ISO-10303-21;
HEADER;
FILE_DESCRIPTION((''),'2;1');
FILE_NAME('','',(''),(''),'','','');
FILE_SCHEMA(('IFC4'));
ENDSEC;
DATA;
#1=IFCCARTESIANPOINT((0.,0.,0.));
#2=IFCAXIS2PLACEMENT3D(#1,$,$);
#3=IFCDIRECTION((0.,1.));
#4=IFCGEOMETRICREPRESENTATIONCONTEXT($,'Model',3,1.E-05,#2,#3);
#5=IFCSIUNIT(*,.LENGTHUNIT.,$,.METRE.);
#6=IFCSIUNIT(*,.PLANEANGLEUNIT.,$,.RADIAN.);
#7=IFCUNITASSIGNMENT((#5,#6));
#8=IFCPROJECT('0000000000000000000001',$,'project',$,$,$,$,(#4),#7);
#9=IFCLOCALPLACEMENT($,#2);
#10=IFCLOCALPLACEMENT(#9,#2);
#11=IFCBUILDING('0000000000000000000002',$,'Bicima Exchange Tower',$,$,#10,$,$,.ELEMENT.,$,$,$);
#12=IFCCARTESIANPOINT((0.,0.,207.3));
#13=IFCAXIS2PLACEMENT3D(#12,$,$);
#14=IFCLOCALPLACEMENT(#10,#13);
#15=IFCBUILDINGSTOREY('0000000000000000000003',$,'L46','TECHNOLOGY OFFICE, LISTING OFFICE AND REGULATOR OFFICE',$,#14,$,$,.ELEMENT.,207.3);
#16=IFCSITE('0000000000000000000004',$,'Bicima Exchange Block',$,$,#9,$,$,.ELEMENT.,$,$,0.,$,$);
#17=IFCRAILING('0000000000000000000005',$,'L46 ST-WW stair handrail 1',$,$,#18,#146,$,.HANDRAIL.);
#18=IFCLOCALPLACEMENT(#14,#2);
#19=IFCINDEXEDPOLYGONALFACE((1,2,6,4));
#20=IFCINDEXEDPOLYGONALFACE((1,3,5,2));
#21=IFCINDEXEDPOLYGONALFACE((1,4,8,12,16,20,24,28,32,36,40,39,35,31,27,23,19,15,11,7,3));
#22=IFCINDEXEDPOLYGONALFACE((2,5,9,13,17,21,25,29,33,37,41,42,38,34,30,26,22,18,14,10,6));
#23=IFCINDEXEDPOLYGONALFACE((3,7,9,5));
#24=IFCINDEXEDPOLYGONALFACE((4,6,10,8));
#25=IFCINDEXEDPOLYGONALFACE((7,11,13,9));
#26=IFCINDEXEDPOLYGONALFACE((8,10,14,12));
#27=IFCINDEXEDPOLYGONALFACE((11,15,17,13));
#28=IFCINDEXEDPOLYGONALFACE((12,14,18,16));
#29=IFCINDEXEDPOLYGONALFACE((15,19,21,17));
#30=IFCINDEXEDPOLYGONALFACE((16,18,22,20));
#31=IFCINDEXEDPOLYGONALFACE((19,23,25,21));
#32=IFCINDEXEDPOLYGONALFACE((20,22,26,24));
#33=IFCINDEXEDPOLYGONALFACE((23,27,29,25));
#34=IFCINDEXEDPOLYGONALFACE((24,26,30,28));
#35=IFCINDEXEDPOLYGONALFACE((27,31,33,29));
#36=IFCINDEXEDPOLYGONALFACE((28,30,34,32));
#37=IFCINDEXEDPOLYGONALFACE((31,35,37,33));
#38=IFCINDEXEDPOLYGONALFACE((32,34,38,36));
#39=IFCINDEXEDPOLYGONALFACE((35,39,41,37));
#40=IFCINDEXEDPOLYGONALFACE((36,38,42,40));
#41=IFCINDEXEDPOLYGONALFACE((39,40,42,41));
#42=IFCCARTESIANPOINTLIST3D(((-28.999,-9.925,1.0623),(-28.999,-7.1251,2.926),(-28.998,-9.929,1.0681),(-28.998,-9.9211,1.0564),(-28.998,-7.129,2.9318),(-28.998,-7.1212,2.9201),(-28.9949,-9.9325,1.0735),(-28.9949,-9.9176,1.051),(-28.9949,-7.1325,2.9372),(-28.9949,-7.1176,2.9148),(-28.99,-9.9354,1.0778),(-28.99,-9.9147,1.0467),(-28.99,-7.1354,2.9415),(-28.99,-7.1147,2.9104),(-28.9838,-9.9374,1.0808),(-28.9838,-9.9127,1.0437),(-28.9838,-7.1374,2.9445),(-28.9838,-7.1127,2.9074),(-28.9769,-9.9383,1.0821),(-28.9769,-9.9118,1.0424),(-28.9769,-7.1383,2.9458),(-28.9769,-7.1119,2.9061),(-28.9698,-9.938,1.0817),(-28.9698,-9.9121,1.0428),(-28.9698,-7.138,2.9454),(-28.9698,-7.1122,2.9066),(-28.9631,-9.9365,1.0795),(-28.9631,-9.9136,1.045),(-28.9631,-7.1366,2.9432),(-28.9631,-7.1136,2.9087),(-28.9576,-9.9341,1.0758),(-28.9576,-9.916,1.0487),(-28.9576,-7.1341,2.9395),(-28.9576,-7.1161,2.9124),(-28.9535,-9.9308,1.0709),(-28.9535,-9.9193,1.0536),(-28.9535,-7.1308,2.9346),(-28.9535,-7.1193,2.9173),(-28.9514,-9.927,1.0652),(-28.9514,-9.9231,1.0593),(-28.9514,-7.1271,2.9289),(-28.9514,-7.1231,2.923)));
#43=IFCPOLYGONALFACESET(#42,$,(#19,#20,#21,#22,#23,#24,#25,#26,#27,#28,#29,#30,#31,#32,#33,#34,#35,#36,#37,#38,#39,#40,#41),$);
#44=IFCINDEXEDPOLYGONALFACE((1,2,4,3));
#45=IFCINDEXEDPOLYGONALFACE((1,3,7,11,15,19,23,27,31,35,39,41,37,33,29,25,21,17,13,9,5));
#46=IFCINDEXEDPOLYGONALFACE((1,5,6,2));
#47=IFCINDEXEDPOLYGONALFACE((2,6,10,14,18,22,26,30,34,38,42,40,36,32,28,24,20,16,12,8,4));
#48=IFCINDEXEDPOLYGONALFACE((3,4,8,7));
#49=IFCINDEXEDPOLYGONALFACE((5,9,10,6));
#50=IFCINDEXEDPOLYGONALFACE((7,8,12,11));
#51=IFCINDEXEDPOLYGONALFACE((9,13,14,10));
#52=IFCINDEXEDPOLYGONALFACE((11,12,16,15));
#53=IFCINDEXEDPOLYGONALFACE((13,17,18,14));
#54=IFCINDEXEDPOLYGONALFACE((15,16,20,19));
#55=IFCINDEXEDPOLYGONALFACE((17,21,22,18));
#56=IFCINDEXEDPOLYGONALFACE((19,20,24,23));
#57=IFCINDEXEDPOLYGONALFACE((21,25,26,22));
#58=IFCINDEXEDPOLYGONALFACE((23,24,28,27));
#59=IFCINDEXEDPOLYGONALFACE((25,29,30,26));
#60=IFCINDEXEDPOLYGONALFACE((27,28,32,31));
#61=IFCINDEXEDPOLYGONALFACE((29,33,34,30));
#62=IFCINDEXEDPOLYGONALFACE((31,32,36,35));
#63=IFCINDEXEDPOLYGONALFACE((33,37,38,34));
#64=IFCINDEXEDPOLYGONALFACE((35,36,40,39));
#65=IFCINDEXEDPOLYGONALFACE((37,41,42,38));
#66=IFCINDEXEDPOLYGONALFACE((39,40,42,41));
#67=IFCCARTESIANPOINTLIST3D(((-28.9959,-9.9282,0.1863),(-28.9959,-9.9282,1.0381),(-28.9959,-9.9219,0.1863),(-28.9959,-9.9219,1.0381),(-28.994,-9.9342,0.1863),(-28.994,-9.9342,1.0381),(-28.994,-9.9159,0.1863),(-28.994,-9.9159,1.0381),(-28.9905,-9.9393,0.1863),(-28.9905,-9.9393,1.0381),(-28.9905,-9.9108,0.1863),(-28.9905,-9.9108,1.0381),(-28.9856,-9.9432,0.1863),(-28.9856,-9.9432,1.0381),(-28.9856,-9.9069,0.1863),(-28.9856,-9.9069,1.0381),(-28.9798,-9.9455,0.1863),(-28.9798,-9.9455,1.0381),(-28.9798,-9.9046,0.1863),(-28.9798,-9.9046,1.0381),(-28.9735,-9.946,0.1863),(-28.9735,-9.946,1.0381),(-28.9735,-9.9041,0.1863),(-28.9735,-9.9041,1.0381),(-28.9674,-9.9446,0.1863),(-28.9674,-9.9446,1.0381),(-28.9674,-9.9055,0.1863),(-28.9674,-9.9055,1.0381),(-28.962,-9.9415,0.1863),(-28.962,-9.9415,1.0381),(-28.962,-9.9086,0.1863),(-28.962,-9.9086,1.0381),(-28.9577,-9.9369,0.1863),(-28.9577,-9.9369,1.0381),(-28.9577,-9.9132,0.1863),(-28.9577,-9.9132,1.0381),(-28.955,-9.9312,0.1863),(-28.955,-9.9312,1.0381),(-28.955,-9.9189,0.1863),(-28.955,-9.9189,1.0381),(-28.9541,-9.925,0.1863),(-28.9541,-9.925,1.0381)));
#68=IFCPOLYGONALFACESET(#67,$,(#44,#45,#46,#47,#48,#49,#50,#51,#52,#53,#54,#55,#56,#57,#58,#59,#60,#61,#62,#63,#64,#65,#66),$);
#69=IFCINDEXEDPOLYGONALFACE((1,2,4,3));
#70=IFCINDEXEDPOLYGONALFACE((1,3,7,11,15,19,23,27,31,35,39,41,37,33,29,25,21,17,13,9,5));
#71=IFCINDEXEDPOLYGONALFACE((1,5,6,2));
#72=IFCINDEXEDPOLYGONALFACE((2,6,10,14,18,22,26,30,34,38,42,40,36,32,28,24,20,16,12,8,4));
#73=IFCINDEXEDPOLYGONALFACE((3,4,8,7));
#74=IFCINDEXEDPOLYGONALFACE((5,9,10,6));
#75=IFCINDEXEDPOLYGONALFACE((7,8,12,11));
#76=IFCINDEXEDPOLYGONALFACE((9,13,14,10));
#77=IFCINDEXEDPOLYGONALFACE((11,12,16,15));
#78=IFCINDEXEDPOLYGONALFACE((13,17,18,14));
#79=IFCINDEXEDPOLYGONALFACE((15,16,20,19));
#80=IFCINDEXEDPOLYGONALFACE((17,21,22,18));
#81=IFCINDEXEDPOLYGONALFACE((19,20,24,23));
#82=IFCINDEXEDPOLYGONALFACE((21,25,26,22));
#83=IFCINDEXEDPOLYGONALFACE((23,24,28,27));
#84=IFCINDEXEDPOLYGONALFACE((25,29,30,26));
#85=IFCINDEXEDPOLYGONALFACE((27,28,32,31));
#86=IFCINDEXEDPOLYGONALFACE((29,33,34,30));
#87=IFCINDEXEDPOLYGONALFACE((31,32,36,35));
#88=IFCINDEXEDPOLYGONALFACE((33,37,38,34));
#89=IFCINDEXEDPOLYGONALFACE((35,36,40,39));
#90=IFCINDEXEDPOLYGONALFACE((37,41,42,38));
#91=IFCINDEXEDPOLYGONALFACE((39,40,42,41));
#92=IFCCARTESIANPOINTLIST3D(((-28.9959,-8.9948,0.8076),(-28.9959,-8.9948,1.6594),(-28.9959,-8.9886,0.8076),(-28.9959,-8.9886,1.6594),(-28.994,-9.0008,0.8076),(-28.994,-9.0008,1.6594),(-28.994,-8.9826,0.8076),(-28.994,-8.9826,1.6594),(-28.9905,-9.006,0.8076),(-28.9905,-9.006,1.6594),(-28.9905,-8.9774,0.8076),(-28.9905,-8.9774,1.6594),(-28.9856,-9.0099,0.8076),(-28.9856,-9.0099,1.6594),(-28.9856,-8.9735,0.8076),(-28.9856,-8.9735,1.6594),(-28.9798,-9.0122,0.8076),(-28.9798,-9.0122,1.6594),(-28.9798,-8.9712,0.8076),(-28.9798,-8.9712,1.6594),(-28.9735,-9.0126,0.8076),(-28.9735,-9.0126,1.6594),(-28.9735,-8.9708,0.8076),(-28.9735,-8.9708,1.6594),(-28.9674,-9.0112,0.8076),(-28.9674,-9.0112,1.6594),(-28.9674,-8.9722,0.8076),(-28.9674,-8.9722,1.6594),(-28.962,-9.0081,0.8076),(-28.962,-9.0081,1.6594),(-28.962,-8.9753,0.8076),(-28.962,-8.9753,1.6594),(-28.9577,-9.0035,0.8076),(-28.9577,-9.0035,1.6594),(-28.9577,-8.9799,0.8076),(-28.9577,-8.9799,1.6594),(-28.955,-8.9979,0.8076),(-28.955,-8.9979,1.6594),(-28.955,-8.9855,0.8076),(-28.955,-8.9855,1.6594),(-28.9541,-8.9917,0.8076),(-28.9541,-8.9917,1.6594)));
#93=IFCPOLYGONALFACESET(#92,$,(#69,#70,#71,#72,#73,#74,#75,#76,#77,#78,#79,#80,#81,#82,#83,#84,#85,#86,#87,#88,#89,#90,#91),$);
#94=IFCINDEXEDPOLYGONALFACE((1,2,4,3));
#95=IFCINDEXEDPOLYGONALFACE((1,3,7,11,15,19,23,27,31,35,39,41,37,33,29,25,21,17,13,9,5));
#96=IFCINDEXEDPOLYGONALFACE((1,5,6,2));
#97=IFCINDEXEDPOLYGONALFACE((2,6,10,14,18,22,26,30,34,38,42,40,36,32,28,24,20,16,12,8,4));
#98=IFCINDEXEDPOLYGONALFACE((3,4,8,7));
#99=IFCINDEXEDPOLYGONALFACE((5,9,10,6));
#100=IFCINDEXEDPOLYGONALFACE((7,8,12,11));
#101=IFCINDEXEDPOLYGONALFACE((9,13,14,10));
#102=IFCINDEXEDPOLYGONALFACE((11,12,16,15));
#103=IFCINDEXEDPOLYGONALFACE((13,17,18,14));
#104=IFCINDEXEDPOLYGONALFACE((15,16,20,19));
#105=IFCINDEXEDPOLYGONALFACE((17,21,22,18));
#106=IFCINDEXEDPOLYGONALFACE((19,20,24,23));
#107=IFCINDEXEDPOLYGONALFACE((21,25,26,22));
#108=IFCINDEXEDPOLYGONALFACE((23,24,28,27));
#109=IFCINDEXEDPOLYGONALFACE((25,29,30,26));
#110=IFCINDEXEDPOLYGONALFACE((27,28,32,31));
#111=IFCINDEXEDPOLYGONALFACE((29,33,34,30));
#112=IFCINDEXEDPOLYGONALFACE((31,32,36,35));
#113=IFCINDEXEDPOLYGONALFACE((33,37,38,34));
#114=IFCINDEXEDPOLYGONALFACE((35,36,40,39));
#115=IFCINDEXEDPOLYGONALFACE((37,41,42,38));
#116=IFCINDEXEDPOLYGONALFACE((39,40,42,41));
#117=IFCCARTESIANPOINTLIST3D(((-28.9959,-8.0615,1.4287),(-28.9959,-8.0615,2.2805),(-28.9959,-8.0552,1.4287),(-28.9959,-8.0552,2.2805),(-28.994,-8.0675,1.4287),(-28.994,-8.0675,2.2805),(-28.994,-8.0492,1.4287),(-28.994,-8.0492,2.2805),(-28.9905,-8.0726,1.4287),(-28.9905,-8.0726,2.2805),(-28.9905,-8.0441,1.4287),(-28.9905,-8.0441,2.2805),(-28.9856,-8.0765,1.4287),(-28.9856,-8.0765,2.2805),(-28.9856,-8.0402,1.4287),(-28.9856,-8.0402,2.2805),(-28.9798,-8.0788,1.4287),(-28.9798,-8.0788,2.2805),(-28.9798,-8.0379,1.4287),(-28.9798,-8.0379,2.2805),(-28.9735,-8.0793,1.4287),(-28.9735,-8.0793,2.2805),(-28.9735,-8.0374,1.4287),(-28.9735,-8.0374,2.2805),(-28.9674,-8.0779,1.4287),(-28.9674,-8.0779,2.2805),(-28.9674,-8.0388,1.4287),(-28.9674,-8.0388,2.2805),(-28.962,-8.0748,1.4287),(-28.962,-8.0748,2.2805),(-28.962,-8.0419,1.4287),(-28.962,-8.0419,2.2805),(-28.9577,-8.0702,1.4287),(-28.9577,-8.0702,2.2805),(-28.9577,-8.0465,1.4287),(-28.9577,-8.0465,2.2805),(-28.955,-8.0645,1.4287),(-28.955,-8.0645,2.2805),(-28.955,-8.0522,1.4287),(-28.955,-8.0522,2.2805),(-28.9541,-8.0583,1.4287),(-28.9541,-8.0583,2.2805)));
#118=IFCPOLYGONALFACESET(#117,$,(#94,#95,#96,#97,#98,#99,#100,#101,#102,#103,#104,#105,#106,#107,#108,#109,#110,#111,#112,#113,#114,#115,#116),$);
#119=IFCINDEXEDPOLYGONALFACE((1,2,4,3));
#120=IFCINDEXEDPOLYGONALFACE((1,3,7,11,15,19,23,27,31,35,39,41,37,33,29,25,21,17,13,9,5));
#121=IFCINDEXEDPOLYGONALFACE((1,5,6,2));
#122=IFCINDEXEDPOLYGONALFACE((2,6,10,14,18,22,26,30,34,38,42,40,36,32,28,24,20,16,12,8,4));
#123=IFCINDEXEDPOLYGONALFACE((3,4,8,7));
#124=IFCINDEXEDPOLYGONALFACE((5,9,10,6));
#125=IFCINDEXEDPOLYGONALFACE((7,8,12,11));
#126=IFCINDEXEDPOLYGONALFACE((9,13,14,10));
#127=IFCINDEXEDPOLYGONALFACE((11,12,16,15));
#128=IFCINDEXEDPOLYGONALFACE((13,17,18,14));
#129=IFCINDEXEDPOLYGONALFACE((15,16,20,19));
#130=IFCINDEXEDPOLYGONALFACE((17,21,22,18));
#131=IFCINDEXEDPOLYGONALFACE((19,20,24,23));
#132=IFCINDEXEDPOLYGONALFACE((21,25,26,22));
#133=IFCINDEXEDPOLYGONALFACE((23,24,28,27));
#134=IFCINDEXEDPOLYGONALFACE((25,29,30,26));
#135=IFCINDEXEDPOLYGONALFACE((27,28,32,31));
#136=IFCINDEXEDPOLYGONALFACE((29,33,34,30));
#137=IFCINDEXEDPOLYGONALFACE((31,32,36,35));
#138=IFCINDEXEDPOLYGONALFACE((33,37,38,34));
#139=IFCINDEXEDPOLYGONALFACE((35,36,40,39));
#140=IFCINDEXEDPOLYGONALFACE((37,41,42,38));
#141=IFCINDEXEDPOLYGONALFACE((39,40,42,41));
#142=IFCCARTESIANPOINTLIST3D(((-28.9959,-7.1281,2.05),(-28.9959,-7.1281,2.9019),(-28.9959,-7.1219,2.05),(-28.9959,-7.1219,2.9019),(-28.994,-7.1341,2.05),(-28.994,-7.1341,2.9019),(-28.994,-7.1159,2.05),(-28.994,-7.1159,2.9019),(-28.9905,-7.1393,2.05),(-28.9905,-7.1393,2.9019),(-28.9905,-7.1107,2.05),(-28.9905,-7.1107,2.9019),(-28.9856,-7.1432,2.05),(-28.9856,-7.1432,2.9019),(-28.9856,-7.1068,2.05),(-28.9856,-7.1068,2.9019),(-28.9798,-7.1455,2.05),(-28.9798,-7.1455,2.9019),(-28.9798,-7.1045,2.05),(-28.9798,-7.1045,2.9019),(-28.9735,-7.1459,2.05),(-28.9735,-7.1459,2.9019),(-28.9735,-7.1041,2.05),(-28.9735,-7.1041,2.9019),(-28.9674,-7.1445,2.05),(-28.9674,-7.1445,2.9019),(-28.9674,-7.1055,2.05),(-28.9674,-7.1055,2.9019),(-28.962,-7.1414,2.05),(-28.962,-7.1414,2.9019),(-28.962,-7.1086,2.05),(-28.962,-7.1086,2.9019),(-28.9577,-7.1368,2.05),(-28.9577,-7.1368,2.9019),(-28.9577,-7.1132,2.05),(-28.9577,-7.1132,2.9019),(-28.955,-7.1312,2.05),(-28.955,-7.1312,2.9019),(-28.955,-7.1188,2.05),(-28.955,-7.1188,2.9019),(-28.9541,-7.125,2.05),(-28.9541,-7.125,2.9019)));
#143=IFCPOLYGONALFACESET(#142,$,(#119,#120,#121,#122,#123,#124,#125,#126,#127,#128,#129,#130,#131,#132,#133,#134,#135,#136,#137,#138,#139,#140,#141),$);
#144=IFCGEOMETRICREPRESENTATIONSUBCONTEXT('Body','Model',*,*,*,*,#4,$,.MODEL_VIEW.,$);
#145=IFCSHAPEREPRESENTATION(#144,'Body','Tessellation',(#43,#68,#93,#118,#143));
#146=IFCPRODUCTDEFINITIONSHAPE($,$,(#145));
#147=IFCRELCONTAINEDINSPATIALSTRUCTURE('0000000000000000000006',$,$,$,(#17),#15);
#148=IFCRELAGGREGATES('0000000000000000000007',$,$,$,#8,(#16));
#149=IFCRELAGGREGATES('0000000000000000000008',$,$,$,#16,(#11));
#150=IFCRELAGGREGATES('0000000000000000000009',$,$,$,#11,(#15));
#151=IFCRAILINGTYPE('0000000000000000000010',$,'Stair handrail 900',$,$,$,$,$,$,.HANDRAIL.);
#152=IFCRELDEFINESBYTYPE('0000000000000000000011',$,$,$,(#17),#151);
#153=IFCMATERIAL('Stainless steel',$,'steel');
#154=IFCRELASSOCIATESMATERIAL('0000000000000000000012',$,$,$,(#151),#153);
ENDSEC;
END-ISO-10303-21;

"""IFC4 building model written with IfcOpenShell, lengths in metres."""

from ifc_helpers import new_model, si_unit, direction, frame, origin, origin_2d, place, context, subcontext, project, spatial, circle, extrude, material, type_object, element, save


model = new_model("IFC4")

# Units and contexts
model_context = context("Model", 3, precision=1e-05, world=origin(), true_north=direction((0.0, 1.0)))
body_context = subcontext(model_context, "Body", "Model", "MODEL_VIEW")
ifc_project = project(units=[si_unit("LENGTHUNIT", "METRE"), si_unit("PLANEANGLEUNIT", "RADIAN")], contexts=[model_context])

# Site, building, storey
site_placement = place(None, origin())
site = spatial("IfcSite", under=ifc_project, at=site_placement, Name="Bicima Exchange Block", CompositionType="ELEMENT", RefElevation=0.0)
building_placement = place(site_placement, origin())
building = spatial("IfcBuilding", under=site, at=building_placement, Name="Bicima Exchange Tower", CompositionType="ELEMENT")
storey_placement = place(building_placement, frame((0.0, 0.0, 207.3)))
storey = spatial("IfcBuildingStorey", under=building, at=storey_placement, Name="L46", Description="TECHNOLOGY OFFICE, LISTING OFFICE AND REGULATOR OFFICE", CompositionType="ELEMENT", Elevation=207.3)

# Railing
ifc_material_1 = material(Name="Stainless steel", Category="steel")
railing_type_1 = type_object("IfcRailingType", Name="Stair handrail 900", PredefinedType="HANDRAIL", material=ifc_material_1)
railing_1_placement = place(storey_placement, frame((-28.9751, -9.925, 0.1863)))
element("IfcRailing", 1, at=railing_1_placement, inside=storey, type_object=railing_type_1, Name="L46 ST-WW stair handrail 1", PredefinedType="HANDRAIL", context=body_context, shape_type="SweptSolid", body=[
    extrude(circle(Radius=0.0239, at=origin_2d()), frame((0.0, 0.0, 0.876), z_axis=(0.0, 0.832452, 0.554097), x_axis=(-1.0, 0.0, 0.0)), (0.0, 0.0, 1.0), 3.3635),
    extrude(circle(Radius=0.021, at=origin_2d()), origin(), (0.0, 0.0, 1.0), 0.8518),
    extrude(circle(Radius=0.021, at=origin_2d()), frame((0.0, 0.9333, 0.6213)), (0.0, 0.0, 1.0), 0.8518),
    extrude(circle(Radius=0.021, at=origin_2d()), frame((0.0, 1.8667, 1.2424)), (0.0, 0.0, 1.0), 0.8518),
    extrude(circle(Radius=0.021, at=origin_2d()), frame((0.0, 2.8, 1.8638)), (0.0, 0.0, 1.0), 0.8518),
])

save(model, "model.ifc")
